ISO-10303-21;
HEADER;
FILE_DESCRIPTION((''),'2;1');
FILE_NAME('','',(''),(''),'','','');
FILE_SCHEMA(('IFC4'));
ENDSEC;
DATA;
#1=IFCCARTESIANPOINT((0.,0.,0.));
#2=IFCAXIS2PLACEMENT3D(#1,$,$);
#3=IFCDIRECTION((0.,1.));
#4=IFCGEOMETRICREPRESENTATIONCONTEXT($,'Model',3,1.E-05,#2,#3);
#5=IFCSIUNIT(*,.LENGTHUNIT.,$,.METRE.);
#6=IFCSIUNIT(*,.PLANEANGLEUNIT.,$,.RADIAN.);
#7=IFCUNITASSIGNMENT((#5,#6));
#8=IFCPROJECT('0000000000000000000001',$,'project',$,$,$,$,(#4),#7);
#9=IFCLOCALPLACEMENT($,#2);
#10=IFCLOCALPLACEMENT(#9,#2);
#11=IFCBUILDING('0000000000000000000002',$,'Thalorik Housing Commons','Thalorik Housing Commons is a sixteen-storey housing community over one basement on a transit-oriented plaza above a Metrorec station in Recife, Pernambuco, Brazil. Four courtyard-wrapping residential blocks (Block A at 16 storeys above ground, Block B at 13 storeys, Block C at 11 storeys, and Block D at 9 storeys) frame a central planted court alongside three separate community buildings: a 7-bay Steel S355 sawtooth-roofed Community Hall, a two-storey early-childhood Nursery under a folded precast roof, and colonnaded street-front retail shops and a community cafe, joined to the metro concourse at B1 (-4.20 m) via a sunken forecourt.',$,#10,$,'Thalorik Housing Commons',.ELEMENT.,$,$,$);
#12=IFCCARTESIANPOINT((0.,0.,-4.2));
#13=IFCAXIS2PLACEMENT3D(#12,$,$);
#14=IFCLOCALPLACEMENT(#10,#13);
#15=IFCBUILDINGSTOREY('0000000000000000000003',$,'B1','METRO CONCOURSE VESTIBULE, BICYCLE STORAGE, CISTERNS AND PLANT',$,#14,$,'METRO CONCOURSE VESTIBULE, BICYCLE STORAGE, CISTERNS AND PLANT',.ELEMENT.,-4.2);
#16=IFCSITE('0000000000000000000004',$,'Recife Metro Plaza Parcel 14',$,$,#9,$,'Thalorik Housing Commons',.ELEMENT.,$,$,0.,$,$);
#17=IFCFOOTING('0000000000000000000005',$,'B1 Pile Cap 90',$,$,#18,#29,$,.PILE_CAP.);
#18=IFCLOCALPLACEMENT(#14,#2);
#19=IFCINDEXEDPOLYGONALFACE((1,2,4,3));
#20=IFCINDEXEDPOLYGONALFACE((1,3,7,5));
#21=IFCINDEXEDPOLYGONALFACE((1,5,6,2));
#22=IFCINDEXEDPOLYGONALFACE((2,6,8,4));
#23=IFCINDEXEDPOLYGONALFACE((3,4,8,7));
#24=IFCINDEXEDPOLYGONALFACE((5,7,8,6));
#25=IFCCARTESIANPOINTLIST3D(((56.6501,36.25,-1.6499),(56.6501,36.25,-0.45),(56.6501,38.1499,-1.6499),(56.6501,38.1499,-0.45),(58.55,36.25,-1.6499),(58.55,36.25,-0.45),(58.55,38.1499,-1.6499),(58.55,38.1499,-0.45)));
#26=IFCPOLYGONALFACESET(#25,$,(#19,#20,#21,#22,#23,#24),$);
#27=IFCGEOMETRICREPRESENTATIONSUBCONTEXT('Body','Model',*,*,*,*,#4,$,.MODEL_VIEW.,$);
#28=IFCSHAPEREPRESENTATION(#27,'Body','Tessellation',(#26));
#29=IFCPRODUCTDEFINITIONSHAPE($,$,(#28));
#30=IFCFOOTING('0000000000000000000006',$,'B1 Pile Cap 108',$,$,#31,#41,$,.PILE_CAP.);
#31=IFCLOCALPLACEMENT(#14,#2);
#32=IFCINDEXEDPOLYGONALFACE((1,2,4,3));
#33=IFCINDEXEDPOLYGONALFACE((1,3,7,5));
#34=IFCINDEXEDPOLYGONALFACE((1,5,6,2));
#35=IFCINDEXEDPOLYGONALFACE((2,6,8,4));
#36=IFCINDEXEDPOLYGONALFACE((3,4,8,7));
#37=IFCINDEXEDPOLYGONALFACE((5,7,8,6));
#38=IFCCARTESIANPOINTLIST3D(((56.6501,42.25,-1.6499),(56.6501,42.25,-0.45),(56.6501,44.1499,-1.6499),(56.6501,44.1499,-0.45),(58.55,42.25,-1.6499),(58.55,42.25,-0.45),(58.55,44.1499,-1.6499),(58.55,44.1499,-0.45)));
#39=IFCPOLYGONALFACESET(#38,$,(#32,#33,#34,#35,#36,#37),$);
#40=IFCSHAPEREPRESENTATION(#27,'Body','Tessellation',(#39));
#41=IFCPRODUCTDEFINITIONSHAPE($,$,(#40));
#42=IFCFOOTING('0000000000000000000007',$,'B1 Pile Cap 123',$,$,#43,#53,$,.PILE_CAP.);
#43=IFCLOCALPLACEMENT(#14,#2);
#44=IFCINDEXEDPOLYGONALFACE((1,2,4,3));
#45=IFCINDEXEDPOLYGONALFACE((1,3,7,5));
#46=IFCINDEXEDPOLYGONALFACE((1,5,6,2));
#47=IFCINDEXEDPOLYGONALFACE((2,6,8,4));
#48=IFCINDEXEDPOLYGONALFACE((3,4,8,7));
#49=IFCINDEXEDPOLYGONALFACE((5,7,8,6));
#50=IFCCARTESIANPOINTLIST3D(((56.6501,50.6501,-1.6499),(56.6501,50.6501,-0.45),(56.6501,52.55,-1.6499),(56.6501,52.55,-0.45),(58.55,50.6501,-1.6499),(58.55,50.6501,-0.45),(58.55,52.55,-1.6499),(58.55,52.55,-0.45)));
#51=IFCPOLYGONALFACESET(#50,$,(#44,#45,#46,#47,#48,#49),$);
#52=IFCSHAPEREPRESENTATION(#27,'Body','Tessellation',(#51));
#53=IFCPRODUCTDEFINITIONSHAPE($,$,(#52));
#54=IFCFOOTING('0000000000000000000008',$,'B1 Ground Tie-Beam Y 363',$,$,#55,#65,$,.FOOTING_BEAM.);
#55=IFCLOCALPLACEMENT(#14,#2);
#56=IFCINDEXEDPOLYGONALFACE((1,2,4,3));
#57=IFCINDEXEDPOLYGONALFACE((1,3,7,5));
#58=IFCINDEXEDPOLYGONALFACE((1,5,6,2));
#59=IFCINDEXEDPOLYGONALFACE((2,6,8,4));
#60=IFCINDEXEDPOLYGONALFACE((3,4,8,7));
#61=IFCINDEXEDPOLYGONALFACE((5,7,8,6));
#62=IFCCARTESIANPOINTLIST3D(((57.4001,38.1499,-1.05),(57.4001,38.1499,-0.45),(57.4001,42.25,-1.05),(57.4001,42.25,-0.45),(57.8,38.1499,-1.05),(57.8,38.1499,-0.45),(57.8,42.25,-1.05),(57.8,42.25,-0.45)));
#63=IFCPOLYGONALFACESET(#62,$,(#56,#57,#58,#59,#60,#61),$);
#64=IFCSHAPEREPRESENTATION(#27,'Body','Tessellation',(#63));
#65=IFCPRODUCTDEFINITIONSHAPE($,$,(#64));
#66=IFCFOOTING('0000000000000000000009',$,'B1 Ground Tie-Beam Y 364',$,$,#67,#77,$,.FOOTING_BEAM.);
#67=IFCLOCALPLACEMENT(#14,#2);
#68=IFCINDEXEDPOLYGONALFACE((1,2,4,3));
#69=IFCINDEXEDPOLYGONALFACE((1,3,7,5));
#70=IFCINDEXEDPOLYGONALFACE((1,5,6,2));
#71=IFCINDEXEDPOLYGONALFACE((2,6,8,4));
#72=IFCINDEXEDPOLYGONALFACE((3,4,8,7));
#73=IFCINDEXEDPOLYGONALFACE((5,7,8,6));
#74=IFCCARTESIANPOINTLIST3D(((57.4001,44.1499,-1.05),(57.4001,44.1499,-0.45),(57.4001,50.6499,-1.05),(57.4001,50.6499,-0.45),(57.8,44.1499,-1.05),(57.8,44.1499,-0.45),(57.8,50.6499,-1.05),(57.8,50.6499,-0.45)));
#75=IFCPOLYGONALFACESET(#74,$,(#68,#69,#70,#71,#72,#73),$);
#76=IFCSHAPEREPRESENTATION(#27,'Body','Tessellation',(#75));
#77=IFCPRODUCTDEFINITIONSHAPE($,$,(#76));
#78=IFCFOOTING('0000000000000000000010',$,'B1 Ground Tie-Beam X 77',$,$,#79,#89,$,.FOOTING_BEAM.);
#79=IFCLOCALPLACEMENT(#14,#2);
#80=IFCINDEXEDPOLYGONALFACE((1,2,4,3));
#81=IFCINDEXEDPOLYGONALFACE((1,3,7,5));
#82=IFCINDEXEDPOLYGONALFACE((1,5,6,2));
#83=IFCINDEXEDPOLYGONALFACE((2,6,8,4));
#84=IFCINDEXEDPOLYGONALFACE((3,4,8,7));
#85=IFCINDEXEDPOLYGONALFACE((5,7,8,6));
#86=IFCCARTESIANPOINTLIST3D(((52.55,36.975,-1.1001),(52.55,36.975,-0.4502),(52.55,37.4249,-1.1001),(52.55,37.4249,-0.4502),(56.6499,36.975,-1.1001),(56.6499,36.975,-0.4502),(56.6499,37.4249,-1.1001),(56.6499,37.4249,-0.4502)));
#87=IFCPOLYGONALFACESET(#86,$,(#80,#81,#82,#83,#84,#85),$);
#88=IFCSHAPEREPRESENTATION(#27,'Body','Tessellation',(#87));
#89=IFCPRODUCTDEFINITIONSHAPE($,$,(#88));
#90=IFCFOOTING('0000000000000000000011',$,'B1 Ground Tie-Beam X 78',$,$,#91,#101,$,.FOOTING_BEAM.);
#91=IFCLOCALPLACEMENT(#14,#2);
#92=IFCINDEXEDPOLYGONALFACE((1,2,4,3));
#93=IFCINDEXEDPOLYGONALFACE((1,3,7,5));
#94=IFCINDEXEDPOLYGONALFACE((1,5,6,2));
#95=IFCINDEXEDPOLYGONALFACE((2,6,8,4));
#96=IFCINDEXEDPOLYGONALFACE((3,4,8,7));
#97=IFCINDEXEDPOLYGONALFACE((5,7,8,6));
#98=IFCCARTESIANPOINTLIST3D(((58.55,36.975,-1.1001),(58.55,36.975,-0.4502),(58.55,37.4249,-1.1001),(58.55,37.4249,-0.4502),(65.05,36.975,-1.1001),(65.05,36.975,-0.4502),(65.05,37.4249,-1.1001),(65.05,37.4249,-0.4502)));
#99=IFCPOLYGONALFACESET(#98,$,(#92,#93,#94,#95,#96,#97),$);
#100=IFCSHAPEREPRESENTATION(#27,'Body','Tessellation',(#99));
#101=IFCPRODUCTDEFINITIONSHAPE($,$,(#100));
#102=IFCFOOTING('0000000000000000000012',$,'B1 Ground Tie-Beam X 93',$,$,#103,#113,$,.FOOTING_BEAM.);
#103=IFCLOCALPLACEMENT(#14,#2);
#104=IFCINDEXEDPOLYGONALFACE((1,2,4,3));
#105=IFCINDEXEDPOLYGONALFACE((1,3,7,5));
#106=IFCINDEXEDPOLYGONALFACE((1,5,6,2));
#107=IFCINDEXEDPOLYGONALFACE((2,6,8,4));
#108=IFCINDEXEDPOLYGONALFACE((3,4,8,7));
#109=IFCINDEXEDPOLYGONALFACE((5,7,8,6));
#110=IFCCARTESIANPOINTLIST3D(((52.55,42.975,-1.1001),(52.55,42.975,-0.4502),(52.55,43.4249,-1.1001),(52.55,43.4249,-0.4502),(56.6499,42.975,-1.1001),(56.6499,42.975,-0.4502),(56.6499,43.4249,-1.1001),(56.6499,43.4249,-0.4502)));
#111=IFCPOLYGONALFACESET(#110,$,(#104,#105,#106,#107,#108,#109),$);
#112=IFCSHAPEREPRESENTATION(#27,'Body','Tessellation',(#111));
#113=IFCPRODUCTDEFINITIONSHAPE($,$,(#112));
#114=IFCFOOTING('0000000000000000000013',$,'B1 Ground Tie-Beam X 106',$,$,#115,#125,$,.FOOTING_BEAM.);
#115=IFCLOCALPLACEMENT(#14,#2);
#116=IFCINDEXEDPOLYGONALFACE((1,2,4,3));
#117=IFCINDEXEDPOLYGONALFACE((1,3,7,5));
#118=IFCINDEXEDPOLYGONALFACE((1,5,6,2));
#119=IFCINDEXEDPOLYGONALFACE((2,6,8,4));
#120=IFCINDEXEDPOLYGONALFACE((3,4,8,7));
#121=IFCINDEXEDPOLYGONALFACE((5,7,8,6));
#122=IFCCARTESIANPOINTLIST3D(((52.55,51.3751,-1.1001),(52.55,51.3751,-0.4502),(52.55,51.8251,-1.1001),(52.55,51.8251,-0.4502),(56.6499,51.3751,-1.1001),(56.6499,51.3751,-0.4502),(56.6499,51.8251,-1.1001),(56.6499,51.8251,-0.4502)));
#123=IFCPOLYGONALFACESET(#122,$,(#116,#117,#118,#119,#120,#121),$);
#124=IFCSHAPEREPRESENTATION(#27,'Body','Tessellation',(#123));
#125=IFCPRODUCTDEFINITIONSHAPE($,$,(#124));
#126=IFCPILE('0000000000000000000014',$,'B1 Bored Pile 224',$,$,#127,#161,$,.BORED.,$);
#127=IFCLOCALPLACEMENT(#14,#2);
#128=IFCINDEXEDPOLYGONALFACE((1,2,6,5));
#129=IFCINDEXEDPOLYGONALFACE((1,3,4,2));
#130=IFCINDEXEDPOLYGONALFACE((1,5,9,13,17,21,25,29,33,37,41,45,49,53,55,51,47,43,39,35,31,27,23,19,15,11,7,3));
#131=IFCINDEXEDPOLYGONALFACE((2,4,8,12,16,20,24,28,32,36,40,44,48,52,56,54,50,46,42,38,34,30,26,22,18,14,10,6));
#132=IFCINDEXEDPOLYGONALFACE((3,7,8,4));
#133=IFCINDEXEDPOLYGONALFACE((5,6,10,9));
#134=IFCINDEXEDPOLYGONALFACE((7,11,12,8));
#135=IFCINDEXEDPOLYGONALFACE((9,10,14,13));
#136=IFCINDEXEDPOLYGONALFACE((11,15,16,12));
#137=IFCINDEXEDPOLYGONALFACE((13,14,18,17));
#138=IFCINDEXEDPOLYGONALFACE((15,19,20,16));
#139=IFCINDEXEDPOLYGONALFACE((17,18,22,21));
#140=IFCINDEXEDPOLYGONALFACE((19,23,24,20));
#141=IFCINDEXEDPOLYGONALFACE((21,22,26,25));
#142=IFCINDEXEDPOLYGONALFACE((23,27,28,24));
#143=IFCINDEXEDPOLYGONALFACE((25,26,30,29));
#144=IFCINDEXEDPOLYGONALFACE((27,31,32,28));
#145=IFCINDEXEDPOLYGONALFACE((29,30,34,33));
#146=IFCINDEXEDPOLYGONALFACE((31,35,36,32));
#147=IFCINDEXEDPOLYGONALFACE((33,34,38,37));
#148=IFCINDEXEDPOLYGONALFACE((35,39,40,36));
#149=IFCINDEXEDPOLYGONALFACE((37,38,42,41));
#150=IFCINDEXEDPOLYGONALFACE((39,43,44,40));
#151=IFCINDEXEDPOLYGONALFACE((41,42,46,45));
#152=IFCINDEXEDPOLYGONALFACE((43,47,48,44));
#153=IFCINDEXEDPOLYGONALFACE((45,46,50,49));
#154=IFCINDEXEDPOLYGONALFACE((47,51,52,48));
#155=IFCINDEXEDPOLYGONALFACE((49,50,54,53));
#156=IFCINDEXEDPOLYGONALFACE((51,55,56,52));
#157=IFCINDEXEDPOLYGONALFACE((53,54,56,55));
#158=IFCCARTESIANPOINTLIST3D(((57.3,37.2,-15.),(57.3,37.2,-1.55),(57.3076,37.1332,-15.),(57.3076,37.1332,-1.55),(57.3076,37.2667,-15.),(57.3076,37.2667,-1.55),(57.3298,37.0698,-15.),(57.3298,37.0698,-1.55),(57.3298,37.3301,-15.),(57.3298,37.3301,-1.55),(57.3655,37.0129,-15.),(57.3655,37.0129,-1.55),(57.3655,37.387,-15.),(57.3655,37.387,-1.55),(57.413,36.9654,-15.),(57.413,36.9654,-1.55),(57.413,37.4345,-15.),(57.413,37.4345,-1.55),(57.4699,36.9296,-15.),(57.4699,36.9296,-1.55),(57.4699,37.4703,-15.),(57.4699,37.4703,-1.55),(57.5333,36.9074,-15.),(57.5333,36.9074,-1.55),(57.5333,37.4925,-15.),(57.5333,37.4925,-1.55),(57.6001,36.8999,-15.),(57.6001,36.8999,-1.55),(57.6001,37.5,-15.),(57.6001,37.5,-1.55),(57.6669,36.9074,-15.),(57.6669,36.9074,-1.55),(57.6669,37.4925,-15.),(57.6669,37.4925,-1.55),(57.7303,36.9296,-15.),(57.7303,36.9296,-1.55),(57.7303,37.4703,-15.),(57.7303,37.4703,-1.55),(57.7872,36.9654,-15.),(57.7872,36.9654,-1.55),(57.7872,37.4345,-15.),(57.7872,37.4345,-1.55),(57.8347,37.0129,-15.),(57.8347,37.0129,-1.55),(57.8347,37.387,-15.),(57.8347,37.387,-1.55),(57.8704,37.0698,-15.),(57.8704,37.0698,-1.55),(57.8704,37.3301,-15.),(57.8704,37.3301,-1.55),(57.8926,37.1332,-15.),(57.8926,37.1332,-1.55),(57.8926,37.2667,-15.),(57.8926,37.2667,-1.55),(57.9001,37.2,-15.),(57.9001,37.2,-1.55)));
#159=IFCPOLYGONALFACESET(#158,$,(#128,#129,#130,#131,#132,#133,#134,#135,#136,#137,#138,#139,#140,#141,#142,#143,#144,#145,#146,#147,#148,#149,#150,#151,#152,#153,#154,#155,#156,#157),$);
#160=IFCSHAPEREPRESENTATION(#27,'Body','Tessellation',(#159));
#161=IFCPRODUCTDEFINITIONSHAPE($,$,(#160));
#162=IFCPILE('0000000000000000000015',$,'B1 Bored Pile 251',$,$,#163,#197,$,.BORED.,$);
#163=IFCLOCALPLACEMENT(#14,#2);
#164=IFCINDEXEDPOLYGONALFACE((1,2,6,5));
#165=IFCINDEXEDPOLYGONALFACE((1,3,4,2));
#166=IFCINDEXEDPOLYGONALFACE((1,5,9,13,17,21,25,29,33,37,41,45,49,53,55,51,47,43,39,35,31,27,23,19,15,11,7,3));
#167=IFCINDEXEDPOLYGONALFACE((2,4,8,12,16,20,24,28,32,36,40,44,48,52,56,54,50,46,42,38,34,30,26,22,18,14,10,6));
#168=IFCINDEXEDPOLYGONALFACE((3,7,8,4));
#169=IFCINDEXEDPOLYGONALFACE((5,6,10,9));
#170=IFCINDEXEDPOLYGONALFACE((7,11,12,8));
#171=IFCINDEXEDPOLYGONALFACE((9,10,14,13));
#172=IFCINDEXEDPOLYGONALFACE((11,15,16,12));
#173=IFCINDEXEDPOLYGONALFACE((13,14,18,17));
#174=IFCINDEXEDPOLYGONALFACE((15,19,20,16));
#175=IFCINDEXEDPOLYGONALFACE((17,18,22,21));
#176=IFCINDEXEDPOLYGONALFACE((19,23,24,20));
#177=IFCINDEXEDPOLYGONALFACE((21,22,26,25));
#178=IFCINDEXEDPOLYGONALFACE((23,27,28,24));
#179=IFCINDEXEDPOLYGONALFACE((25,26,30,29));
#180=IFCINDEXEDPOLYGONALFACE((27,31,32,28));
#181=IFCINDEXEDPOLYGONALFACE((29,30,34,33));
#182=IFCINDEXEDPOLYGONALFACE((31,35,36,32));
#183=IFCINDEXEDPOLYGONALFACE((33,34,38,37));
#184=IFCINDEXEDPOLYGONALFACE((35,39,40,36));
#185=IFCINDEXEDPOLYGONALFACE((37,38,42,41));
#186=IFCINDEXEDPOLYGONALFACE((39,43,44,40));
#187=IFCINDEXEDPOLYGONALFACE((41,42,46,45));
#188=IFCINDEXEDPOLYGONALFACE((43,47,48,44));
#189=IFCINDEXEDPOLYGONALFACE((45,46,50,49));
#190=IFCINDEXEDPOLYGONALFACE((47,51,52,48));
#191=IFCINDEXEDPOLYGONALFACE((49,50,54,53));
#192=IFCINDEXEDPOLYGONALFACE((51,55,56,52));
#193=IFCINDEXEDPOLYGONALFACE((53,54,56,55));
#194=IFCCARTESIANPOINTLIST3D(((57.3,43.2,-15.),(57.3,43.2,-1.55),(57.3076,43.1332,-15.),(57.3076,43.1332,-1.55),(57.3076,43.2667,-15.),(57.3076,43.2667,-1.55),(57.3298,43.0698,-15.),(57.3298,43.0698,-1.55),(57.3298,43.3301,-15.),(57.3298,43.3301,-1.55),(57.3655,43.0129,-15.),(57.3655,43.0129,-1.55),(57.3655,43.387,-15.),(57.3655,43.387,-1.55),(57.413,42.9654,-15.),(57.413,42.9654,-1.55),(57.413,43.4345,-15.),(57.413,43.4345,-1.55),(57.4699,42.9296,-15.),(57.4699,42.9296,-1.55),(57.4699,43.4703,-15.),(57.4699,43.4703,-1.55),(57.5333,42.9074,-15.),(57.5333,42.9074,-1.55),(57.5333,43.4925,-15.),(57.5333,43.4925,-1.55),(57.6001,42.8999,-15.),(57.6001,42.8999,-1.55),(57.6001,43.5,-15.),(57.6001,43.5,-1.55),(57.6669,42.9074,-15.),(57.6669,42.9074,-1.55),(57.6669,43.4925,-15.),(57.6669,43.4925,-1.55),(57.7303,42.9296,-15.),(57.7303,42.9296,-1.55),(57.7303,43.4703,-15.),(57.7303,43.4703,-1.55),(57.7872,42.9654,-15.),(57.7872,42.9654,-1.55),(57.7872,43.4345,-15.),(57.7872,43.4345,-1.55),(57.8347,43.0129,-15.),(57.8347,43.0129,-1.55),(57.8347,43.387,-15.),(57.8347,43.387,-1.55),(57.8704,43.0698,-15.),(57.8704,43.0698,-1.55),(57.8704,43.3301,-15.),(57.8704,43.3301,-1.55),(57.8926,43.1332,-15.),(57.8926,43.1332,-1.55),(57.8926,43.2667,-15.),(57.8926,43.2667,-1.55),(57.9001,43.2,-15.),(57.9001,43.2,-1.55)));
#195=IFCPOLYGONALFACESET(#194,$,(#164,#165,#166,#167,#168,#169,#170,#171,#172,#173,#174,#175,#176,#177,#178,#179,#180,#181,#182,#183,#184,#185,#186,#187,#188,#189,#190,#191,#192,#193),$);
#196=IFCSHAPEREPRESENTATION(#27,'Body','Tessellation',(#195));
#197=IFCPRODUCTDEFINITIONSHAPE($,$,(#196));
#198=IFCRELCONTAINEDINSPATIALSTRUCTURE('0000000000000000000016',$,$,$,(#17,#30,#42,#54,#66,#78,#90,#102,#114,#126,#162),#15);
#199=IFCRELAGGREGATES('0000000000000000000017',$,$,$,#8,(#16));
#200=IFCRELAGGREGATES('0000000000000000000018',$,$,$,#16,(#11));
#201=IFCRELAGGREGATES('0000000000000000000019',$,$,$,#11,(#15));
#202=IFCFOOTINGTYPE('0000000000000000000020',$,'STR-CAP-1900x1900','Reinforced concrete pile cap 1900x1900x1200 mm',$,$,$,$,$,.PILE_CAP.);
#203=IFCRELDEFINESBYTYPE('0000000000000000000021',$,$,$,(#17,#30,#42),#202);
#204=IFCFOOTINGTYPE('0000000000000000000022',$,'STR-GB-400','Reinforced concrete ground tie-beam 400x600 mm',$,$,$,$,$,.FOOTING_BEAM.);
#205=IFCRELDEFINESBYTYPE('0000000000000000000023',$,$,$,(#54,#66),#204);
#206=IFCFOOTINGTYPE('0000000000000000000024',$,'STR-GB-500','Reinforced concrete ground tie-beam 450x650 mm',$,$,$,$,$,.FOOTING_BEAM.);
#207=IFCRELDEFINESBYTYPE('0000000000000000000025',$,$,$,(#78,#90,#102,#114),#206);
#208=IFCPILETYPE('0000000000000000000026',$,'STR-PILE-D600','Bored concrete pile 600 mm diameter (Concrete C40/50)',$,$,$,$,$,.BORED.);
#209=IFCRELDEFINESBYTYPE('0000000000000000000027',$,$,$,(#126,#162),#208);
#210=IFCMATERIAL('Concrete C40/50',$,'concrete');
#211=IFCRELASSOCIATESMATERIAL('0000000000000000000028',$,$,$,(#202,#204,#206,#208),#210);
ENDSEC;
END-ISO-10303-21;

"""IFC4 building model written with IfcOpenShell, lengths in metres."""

from ifc_helpers import new_model, si_unit, direction, frame, origin, origin_2d, place, context, subcontext, project, spatial, rectangle, circle, extrude, material, material_profile, profile_set, type_object, element, save


model = new_model("IFC4")

# Units and contexts
model_context = context("Model", 3, precision=1e-05, world=origin(), true_north=direction((0.0, 1.0)))
body_context = subcontext(model_context, "Body", "Model", "MODEL_VIEW")
ifc_project = project(units=[si_unit("LENGTHUNIT", "METRE"), si_unit("PLANEANGLEUNIT", "RADIAN")], contexts=[model_context])

# Site, building, storey
site_placement = place(None, origin())
site = spatial("IfcSite", under=ifc_project, at=site_placement, Name="Recife Metro Plaza Parcel 14", LongName="Thalorik Housing Commons", CompositionType="ELEMENT", RefElevation=0.0)
building_placement = place(site_placement, origin())
building = spatial("IfcBuilding", under=site, at=building_placement, Name="Thalorik Housing Commons", Description="Thalorik Housing Commons is a sixteen-storey housing community over one basement on a transit-oriented plaza above a Metrorec station in Recife, Pernambuco, Brazil. Four courtyard-wrapping residential blocks (Block A at 16 storeys above ground, Block B at 13 storeys, Block C at 11 storeys, and Block D at 9 storeys) frame a central planted court alongside three separate community buildings: a 7-bay Steel S355 sawtooth-roofed Community Hall, a two-storey early-childhood Nursery under a folded precast roof, and colonnaded street-front retail shops and a community cafe, joined to the metro concourse at B1 (-4.20 m) via a sunken forecourt.", LongName="Thalorik Housing Commons", CompositionType="ELEMENT")
storey_placement = place(building_placement, frame((0.0, 0.0, -4.2)))
storey = spatial("IfcBuildingStorey", under=building, at=storey_placement, Name="B1", Description="METRO CONCOURSE VESTIBULE, BICYCLE STORAGE, CISTERNS AND PLANT", LongName="METRO CONCOURSE VESTIBULE, BICYCLE STORAGE, CISTERNS AND PLANT", CompositionType="ELEMENT", Elevation=-4.2)

# Footings
ifc_material_1 = material(Name="Concrete C40/50", Category="concrete")
footing_type_1 = type_object("IfcFootingType", Name="STR-CAP-1900x1900", Description="Reinforced concrete pile cap 1900x1900x1200 mm", PredefinedType="PILE_CAP", material=ifc_material_1)
for number, where, z_axis, x_axis, name in (
    (1, (57.6001, 37.2, -1.6499), (0.0, 0.0, 1.0), (1.0, 0.0, 0.0), "B1 Pile Cap 90"),
    (2, (57.6001, 43.2, -1.6499), (0.0, 0.0, 1.0), (1.0, 0.0, 0.0), "B1 Pile Cap 108"),
    (3, (57.6001, 51.6001, -1.6499), (0.0, 0.0, 1.0), (1.0, 0.0, 0.0), "B1 Pile Cap 123"),
):
    element("IfcFooting", number, at=place(storey_placement, frame(where, z_axis=z_axis, x_axis=x_axis)), inside=storey, type_object=footing_type_1, Name=name, PredefinedType="PILE_CAP", context=body_context, shape_type="SweptSolid", body=[
        extrude(rectangle(XDim=1.8999, YDim=1.8999, at=origin_2d()), origin(), (0.0, 0.0, 1.0), 1.2),
    ])
ifc_material_profile_1 = material_profile(ifc_material_1, rectangle(XDim=0.3999, YDim=0.6001, at=origin_2d()), Name="RC 400x600", Category="concrete")
ifc_profile_set_1 = profile_set([ifc_material_profile_1], Name="Concrete C40/50")
footing_type_2 = type_object("IfcFootingType", Name="STR-GB-400", Description="Reinforced concrete ground tie-beam 400x600 mm", PredefinedType="FOOTING_BEAM", material=ifc_profile_set_1)
footing_1_placement = place(storey_placement, frame((57.6001, 38.1499, -0.75), z_axis=(0.0, 1.0, 0.0), x_axis=(-1.0, 0.0, 0.0)))
element("IfcFooting", 4, at=footing_1_placement, inside=storey, type_object=footing_type_2, Name="B1 Ground Tie-Beam Y 363", PredefinedType="FOOTING_BEAM", context=body_context, shape_type="SweptSolid", body=[
    extrude(rectangle(XDim=0.3999, YDim=0.6001, at=origin_2d()), origin(), (0.0, 0.0, 1.0), 4.1001),
])
footing_2_placement = place(storey_placement, frame((57.6001, 44.1499, -0.75), z_axis=(0.0, 1.0, 0.0), x_axis=(-1.0, 0.0, 0.0)))
element("IfcFooting", 5, at=footing_2_placement, inside=storey, type_object=footing_type_2, Name="B1 Ground Tie-Beam Y 364", PredefinedType="FOOTING_BEAM", context=body_context, shape_type="SweptSolid", body=[
    extrude(rectangle(XDim=0.3999, YDim=0.6001, at=origin_2d()), origin(), (0.0, 0.0, 1.0), 6.5),
])
ifc_material_profile_2 = material_profile(ifc_material_1, rectangle(XDim=0.45, YDim=0.6499, at=origin_2d()), Name="RC 450x650", Category="concrete")
ifc_profile_set_2 = profile_set([ifc_material_profile_2], Name="Concrete C40/50")
footing_type_3 = type_object("IfcFootingType", Name="STR-GB-500", Description="Reinforced concrete ground tie-beam 450x650 mm", PredefinedType="FOOTING_BEAM", material=ifc_profile_set_2)
footing_3_placement = place(storey_placement, frame((52.55, 37.2, -0.7751), z_axis=(1.0, 0.0, 0.0), x_axis=(0.0, 1.0, 0.0)))
element("IfcFooting", 6, at=footing_3_placement, inside=storey, type_object=footing_type_3, Name="B1 Ground Tie-Beam X 77", PredefinedType="FOOTING_BEAM", context=body_context, shape_type="SweptSolid", body=[
    extrude(rectangle(XDim=0.45, YDim=0.6499, at=origin_2d()), origin(), (0.0, 0.0, 1.0), 4.0999),
])
footing_4_placement = place(storey_placement, frame((58.55, 37.2, -0.7751), z_axis=(1.0, 0.0, 0.0), x_axis=(0.0, 1.0, 0.0)))
element("IfcFooting", 7, at=footing_4_placement, inside=storey, type_object=footing_type_3, Name="B1 Ground Tie-Beam X 78", PredefinedType="FOOTING_BEAM", context=body_context, shape_type="SweptSolid", body=[
    extrude(rectangle(XDim=0.45, YDim=0.6499, at=origin_2d()), origin(), (0.0, 0.0, 1.0), 6.5),
])
for number, where, z_axis, x_axis, name in (
    (8, (52.55, 43.2, -0.7751), (1.0, 0.0, 0.0), (0.0, 1.0, 0.0), "B1 Ground Tie-Beam X 93"),
    (9, (52.55, 51.6001, -0.7751), (1.0, 0.0, 0.0), (0.0, 1.0, 0.0), "B1 Ground Tie-Beam X 106"),
):
    element("IfcFooting", number, at=place(storey_placement, frame(where, z_axis=z_axis, x_axis=x_axis)), inside=storey, type_object=footing_type_3, Name=name, PredefinedType="FOOTING_BEAM", context=body_context, shape_type="SweptSolid", body=[
        extrude(rectangle(XDim=0.45, YDim=0.6499, at=origin_2d()), origin(), (0.0, 0.0, 1.0), 4.0999),
    ])

# Piles
ifc_material_profile_3 = material_profile(ifc_material_1, circle(Radius=0.3, at=origin_2d()), Name="BORED PILE D600", Category="concrete")
ifc_profile_set_3 = profile_set([ifc_material_profile_3], Name="Concrete C40/50")
pile_type = type_object("IfcPileType", Name="STR-PILE-D600", Description="Bored concrete pile 600 mm diameter (Concrete C40/50)", PredefinedType="BORED", material=ifc_profile_set_3)
for number, where, z_axis, x_axis, name in (
    (10, (57.6001, 37.2, -1.55), (0.0, 0.0, -1.0), (1.0, 0.0, 0.0), "B1 Bored Pile 224"),
    (11, (57.6001, 43.2, -1.55), (0.0, 0.0, -1.0), (1.0, 0.0, 0.0), "B1 Bored Pile 251"),
):
    element("IfcPile", number, at=place(storey_placement, frame(where, z_axis=z_axis, x_axis=x_axis)), inside=storey, type_object=pile_type, Name=name, PredefinedType="BORED", context=body_context, shape_type="SweptSolid", body=[
        extrude(circle(Radius=0.3, at=origin_2d()), origin(), (0.0, 0.0, 1.0), 13.45),
    ])

save(model, "model.ifc")
